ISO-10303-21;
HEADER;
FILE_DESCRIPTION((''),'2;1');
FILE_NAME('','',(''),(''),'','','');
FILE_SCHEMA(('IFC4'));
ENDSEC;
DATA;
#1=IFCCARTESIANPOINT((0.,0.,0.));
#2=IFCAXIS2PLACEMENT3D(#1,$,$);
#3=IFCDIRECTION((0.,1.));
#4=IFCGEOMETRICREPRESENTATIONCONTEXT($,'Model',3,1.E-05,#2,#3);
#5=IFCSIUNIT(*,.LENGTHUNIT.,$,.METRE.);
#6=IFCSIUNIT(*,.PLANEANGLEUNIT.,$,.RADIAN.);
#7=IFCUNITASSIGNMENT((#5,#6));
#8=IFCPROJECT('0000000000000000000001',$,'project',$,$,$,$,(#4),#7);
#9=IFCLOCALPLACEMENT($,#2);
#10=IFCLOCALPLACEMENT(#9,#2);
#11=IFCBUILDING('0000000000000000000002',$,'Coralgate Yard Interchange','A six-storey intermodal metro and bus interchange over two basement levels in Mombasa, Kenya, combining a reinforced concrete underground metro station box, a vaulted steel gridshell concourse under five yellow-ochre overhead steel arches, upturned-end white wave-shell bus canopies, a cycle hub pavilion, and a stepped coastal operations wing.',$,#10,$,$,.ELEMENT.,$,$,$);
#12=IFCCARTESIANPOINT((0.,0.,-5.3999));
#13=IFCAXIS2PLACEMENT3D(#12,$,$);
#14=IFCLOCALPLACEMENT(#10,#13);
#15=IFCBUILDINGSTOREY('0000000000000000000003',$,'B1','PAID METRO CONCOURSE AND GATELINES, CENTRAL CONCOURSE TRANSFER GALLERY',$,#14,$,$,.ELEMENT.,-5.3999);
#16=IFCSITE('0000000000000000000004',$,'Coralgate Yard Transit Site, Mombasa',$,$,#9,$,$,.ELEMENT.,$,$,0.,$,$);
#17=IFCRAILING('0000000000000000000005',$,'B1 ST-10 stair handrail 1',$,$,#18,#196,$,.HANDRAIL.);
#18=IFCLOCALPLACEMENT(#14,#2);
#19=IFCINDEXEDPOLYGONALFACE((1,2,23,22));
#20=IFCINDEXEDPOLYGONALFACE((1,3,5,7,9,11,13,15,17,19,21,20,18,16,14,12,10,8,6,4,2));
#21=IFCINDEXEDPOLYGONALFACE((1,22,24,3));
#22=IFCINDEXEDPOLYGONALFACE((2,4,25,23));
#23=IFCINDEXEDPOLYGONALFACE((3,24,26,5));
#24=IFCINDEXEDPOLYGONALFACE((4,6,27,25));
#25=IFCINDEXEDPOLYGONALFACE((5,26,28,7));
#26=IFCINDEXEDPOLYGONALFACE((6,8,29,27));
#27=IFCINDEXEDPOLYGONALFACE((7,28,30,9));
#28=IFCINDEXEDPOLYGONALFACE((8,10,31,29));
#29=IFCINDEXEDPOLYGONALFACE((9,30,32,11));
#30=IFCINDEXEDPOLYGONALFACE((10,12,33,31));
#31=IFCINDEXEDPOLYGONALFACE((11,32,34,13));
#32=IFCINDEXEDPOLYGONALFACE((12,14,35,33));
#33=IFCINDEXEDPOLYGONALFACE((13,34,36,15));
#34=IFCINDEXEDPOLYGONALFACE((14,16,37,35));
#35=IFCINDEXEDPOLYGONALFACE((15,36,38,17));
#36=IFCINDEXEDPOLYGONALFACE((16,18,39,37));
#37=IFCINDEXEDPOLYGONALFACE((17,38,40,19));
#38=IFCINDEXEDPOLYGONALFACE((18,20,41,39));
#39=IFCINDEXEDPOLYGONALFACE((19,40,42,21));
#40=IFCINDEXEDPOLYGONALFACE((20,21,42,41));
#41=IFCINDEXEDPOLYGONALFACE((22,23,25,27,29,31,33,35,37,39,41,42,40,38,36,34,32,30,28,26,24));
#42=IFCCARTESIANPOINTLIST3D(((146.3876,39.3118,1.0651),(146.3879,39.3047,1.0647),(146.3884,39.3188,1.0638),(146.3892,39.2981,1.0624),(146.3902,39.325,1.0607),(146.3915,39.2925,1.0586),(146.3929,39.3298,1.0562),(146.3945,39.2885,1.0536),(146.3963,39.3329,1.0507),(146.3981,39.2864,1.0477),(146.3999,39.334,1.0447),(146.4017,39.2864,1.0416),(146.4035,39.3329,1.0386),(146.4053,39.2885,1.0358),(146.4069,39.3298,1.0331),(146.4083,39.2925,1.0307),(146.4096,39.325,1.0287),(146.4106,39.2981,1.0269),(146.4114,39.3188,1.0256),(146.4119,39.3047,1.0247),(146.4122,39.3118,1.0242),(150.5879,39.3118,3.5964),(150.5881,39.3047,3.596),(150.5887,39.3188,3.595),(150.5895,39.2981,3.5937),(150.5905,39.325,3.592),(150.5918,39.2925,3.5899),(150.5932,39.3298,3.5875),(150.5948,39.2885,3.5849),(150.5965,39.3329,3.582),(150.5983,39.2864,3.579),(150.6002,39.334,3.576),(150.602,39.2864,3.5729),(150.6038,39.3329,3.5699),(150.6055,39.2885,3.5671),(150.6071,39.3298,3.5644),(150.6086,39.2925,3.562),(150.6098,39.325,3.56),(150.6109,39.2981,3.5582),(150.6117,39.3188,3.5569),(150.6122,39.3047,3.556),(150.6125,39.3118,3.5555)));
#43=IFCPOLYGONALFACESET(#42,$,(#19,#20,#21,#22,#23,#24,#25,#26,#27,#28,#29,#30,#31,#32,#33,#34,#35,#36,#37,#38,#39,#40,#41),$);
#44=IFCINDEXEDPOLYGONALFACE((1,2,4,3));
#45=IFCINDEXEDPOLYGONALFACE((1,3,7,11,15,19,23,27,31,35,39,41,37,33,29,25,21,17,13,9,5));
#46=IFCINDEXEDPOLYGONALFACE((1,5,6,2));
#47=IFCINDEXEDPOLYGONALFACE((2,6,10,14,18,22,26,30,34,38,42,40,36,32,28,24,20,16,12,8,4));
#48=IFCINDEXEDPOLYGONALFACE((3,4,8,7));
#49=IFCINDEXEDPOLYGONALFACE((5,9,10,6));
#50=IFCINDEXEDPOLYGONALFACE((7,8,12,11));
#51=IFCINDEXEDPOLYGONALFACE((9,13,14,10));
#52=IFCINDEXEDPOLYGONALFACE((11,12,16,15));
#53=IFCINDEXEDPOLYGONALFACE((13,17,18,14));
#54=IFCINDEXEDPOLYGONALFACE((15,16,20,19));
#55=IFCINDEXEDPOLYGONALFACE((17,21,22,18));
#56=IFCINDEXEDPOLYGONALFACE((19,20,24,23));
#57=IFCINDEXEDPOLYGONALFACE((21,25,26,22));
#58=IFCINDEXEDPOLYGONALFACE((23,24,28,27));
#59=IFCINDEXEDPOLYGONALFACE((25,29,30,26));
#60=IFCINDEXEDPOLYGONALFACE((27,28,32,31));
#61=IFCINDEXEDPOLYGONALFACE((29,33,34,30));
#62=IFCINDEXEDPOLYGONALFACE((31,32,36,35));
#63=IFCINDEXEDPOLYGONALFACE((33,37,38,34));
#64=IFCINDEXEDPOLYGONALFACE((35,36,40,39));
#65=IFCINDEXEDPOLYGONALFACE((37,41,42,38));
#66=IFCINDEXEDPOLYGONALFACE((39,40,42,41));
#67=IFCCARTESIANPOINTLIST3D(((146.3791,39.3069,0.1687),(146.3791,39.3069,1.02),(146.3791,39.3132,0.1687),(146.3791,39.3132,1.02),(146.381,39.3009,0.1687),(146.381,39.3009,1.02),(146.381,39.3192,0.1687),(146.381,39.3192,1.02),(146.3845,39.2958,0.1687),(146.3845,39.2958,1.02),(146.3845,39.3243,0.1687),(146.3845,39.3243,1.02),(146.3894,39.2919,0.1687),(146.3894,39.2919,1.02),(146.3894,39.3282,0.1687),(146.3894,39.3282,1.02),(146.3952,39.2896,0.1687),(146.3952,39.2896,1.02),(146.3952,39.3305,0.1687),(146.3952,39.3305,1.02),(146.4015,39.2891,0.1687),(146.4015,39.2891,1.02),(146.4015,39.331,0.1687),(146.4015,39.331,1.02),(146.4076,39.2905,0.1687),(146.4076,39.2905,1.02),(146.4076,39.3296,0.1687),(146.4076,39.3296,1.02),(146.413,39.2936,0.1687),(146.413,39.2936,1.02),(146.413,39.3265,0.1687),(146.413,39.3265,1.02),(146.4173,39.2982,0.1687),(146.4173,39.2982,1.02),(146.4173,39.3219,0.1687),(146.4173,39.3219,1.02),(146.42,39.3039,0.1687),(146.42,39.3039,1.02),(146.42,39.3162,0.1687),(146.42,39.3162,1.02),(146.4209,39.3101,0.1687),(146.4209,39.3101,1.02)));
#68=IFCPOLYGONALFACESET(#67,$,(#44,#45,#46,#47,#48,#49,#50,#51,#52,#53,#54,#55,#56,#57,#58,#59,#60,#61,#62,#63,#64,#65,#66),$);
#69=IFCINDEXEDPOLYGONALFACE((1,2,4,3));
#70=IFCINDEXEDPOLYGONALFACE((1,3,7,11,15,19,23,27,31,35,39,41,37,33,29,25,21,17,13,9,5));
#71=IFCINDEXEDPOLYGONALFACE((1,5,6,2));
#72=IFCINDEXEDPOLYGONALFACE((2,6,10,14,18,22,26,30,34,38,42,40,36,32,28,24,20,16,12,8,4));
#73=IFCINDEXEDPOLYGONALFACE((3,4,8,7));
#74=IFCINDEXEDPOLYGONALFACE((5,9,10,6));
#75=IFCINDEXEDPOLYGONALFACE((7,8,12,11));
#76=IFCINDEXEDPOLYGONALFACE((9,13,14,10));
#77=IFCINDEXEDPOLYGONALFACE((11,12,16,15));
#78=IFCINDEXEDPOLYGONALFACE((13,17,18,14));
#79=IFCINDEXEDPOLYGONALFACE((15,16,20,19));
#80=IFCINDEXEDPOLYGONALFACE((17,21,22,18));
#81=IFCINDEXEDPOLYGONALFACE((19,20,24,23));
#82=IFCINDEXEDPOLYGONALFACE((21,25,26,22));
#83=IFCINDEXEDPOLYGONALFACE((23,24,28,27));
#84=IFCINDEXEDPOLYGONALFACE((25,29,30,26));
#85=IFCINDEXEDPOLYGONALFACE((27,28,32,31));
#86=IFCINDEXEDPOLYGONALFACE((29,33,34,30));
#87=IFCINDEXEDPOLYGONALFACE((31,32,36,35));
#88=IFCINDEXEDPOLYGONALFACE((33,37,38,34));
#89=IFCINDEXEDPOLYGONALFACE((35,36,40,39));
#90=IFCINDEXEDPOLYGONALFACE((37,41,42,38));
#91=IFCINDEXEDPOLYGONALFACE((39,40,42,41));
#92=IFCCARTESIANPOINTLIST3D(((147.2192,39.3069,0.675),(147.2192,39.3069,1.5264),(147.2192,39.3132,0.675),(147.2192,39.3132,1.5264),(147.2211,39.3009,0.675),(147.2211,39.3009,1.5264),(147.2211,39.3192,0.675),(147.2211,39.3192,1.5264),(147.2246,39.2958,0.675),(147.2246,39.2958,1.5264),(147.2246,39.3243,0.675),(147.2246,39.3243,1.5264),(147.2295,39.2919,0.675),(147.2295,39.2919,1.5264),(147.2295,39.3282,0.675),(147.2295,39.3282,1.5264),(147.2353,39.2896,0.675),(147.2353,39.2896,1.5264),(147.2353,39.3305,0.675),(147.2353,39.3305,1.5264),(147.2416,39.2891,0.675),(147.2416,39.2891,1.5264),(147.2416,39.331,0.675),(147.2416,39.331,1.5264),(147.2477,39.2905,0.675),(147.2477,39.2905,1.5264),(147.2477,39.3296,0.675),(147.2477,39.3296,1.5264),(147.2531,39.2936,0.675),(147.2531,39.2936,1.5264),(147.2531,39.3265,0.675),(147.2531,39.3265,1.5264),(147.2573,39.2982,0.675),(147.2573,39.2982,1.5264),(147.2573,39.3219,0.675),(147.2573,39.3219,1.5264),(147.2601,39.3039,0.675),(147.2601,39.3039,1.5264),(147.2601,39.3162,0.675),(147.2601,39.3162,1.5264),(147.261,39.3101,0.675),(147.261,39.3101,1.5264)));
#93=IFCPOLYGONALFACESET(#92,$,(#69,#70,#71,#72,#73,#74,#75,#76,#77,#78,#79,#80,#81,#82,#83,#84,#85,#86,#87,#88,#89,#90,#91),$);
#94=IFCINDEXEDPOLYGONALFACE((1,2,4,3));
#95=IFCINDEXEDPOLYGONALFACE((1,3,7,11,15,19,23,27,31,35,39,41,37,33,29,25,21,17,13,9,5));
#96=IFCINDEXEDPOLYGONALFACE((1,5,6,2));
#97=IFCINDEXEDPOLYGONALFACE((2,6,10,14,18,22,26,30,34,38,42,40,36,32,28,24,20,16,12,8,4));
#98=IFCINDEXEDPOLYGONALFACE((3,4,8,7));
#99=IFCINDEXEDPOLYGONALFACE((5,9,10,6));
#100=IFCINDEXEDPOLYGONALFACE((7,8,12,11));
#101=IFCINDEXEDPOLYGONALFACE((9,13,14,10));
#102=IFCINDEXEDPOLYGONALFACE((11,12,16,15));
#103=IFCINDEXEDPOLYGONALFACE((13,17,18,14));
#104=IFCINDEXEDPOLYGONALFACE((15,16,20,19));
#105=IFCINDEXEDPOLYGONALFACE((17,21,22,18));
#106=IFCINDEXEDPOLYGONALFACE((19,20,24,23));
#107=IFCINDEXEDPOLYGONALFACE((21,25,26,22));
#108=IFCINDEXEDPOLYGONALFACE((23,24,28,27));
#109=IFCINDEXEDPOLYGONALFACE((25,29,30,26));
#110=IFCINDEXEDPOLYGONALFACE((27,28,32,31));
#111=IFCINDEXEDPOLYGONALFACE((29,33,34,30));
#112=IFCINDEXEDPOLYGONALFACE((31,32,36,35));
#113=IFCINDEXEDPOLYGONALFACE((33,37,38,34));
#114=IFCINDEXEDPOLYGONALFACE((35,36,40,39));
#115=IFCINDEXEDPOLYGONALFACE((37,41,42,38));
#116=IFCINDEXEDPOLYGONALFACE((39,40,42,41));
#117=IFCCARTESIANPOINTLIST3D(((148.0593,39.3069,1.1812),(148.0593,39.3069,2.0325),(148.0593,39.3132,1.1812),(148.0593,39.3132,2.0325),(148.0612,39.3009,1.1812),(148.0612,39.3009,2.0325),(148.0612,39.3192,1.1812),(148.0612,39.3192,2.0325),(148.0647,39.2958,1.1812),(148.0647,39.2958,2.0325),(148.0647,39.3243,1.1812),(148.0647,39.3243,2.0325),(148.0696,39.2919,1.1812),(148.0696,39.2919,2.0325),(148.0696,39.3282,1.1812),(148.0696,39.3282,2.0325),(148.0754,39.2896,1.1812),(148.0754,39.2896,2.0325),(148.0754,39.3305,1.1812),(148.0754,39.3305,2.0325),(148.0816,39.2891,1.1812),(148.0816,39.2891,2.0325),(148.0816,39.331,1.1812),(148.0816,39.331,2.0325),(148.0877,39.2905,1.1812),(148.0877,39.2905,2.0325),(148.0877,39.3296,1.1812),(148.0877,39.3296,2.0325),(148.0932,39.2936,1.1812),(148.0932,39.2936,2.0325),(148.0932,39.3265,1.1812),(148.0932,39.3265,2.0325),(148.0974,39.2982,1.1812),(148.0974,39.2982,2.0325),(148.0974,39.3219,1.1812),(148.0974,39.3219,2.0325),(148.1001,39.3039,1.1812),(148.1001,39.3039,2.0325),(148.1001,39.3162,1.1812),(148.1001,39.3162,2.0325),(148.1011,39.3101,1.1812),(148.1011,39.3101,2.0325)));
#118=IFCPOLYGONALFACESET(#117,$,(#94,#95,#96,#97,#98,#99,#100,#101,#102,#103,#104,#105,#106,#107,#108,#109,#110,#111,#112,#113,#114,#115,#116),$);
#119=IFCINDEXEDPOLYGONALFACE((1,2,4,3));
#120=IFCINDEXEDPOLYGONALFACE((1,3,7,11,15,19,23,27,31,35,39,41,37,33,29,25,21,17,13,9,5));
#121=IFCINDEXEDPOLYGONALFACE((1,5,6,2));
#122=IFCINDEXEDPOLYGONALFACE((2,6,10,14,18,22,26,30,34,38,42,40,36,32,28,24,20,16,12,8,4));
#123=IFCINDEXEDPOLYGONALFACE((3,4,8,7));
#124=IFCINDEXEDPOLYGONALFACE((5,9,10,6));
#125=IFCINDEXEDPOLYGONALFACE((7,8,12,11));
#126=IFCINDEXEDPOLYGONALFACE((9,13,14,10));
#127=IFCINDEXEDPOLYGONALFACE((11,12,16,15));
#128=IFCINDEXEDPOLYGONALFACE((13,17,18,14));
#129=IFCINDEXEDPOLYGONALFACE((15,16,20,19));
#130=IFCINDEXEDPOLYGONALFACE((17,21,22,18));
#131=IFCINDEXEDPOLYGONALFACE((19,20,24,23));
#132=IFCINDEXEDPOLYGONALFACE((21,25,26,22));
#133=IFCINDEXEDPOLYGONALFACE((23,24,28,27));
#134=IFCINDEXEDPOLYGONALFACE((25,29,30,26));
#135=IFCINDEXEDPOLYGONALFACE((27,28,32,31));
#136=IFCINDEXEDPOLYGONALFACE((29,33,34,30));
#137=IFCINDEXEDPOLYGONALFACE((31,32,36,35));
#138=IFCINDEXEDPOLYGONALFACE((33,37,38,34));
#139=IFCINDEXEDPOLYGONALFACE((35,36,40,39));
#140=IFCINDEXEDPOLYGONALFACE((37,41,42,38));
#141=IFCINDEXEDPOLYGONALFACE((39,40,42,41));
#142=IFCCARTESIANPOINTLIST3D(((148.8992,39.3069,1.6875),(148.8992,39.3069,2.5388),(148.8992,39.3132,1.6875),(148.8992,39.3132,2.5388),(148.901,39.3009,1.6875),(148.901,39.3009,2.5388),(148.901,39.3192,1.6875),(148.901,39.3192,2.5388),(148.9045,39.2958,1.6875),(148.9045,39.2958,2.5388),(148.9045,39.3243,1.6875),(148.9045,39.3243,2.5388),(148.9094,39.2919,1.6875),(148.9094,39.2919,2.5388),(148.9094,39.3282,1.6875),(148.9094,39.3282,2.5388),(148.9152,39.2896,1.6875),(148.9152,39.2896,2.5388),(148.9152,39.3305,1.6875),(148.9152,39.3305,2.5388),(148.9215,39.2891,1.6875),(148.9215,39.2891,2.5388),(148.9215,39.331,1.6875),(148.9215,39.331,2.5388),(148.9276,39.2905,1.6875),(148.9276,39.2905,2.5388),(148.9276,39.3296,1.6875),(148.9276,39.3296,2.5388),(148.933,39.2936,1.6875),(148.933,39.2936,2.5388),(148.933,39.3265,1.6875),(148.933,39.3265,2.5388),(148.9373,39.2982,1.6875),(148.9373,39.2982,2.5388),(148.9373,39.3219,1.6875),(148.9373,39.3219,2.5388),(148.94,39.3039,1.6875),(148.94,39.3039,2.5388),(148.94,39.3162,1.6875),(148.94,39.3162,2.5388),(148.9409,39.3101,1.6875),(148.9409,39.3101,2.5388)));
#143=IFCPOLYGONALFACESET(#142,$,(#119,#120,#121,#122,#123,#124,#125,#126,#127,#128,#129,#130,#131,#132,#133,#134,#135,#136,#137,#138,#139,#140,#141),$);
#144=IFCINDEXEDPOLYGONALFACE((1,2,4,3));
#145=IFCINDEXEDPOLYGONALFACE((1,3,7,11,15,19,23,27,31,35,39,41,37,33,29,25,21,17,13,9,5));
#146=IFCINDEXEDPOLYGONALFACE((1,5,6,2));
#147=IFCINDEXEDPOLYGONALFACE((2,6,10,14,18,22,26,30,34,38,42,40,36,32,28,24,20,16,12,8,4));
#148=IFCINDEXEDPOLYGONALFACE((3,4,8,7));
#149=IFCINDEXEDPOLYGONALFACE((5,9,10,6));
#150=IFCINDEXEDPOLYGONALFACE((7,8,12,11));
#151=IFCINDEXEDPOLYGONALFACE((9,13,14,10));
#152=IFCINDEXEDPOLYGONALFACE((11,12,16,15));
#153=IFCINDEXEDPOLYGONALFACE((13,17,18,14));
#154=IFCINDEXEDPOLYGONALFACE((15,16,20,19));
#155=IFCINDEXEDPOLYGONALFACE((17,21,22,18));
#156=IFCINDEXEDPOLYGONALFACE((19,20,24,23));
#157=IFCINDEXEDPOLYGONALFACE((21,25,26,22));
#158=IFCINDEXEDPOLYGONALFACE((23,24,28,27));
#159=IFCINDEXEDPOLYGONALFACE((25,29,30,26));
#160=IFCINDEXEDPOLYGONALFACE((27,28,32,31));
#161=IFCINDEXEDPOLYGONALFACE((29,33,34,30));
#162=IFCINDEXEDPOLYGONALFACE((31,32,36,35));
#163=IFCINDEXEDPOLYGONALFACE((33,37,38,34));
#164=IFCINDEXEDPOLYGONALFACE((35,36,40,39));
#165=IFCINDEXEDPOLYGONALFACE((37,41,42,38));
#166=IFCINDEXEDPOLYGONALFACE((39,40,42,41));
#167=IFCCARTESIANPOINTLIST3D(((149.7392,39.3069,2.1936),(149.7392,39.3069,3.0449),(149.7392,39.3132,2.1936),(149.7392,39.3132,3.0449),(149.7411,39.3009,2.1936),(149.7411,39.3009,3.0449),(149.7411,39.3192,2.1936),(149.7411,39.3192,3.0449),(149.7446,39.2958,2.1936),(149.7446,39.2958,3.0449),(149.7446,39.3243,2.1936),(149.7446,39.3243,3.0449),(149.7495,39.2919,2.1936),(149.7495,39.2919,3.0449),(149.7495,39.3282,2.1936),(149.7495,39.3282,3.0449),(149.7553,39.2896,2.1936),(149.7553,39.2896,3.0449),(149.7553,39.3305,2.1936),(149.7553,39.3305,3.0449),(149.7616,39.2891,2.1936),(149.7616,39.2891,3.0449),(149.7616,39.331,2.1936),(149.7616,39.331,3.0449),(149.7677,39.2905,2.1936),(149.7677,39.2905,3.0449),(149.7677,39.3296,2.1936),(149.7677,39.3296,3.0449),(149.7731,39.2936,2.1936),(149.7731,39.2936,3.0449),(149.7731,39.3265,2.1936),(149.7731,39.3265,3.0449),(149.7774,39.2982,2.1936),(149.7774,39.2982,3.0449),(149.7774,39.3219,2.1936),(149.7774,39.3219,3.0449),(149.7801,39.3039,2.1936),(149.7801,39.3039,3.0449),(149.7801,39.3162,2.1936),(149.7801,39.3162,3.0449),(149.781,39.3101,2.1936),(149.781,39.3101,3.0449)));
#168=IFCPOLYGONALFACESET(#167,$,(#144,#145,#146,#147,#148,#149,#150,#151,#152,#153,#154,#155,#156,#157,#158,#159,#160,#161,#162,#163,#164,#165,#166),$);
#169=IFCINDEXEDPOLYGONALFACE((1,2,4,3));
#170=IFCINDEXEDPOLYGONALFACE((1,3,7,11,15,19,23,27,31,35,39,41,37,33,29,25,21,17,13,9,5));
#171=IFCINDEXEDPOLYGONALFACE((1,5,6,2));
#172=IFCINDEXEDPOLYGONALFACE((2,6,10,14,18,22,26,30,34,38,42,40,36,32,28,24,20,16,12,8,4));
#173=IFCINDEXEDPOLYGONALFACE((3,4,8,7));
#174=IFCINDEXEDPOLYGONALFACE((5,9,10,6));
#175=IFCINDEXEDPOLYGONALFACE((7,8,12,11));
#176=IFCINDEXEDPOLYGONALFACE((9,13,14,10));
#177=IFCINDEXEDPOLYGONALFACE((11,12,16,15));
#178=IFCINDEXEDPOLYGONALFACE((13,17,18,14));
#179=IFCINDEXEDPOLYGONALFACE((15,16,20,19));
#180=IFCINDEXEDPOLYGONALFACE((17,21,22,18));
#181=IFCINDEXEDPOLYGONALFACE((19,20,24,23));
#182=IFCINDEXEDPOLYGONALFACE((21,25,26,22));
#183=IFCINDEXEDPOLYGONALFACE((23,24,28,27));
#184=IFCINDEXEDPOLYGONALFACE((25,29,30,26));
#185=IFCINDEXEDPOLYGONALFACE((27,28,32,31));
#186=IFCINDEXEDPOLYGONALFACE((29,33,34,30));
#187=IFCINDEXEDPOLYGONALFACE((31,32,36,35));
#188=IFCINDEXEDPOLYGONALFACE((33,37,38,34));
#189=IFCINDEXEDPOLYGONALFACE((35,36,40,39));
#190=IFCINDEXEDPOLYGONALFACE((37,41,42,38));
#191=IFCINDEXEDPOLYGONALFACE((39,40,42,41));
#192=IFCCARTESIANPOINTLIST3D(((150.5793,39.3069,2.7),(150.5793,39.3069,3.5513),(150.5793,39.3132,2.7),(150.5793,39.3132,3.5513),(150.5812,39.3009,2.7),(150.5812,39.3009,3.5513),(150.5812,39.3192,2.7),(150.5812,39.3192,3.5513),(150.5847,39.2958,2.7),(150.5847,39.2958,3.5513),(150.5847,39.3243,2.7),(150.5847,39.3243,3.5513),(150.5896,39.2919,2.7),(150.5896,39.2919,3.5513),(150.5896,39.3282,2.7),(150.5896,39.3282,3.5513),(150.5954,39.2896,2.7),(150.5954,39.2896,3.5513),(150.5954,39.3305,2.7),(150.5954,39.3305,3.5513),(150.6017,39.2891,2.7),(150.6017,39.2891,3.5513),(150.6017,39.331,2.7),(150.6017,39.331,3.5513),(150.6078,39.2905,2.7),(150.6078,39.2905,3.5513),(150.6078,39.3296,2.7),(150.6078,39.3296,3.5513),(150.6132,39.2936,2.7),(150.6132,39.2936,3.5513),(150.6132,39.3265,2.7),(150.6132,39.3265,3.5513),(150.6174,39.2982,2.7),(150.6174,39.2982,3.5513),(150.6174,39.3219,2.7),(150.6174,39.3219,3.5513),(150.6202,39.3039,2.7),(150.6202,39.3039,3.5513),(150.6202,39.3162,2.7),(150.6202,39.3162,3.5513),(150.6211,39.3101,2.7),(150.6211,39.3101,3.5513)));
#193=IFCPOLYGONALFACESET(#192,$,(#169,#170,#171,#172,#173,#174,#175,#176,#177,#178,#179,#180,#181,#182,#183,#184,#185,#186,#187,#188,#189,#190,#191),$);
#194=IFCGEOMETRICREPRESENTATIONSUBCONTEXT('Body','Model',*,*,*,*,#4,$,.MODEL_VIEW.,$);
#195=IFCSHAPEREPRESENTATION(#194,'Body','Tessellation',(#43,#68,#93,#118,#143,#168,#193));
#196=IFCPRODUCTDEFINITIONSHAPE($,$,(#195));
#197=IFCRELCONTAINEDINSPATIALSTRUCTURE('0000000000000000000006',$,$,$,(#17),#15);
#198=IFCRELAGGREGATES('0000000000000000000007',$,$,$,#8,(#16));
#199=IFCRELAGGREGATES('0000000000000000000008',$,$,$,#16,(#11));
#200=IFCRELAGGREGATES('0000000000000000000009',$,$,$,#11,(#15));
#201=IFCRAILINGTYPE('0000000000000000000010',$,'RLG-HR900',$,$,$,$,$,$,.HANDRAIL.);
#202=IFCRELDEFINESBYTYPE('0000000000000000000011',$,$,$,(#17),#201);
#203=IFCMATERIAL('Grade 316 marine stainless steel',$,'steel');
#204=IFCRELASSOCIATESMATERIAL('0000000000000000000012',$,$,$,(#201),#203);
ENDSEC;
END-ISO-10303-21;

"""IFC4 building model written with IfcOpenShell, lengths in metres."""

from ifc_helpers import new_model, si_unit, direction, frame, origin, origin_2d, place, context, subcontext, project, spatial, circle, extrude, material, type_object, element, save


model = new_model("IFC4")

# Units and contexts
model_context = context("Model", 3, precision=1e-05, world=origin(), true_north=direction((0.0, 1.0)))
body_context = subcontext(model_context, "Body", "Model", "MODEL_VIEW")
ifc_project = project(units=[si_unit("LENGTHUNIT", "METRE"), si_unit("PLANEANGLEUNIT", "RADIAN")], contexts=[model_context])

# Site, building, storey
site_placement = place(None, origin())
site = spatial("IfcSite", under=ifc_project, at=site_placement, Name="Coralgate Yard Transit Site, Mombasa", CompositionType="ELEMENT", RefElevation=0.0)
building_placement = place(site_placement, origin())
building = spatial("IfcBuilding", under=site, at=building_placement, Name="Coralgate Yard Interchange", Description="A six-storey intermodal metro and bus interchange over two basement levels in Mombasa, Kenya, combining a reinforced concrete underground metro station box, a vaulted steel gridshell concourse under five yellow-ochre overhead steel arches, upturned-end white wave-shell bus canopies, a cycle hub pavilion, and a stepped coastal operations wing.", CompositionType="ELEMENT")
storey_placement = place(building_placement, frame((0.0, 0.0, -5.3999)))
storey = spatial("IfcBuildingStorey", under=building, at=storey_placement, Name="B1", Description="PAID METRO CONCOURSE AND GATELINES, CENTRAL CONCOURSE TRANSFER GALLERY", CompositionType="ELEMENT", Elevation=-5.3999)

# Railing
ifc_material_1 = material(Name="Grade 316 marine stainless steel", Category="steel")
railing_type_1 = type_object("IfcRailingType", Name="RLG-HR900", PredefinedType="HANDRAIL", material=ifc_material_1)
railing_1_placement = place(storey_placement, frame((146.3999, 39.3101, 0.1687)))
element("IfcRailing", 1, at=railing_1_placement, inside=storey, type_object=railing_type_1, Name="B1 ST-10 stair handrail 1", PredefinedType="HANDRAIL", context=body_context, shape_type="SweptSolid", body=[
    extrude(circle(Radius=0.0239, at=origin_2d()), frame((0.0, 0.0, 0.876), z_axis=(0.85649, 0.0, 0.516164), x_axis=(0.0, 1.0, 0.0)), (0.0, 0.0, 1.0), 4.9041),
    extrude(circle(Radius=0.021, at=origin_2d()), origin(), (0.0, 0.0, 1.0), 0.8513),
    extrude(circle(Radius=0.021, at=origin_2d()), frame((0.8401, 0.0, 0.5063)), (0.0, 0.0, 1.0), 0.8513),
    extrude(circle(Radius=0.021, at=origin_2d()), frame((1.6802, 0.0, 1.0125)), (0.0, 0.0, 1.0), 0.8513),
    extrude(circle(Radius=0.021, at=origin_2d()), frame((2.52, 0.0, 1.5188)), (0.0, 0.0, 1.0), 0.8513),
    extrude(circle(Radius=0.021, at=origin_2d()), frame((3.3601, 0.0, 2.0249)), (0.0, 0.0, 1.0), 0.8513),
    extrude(circle(Radius=0.021, at=origin_2d()), frame((4.2002, 0.0, 2.5312)), (0.0, 0.0, 1.0), 0.8513),
])

save(model, "model.ifc")
